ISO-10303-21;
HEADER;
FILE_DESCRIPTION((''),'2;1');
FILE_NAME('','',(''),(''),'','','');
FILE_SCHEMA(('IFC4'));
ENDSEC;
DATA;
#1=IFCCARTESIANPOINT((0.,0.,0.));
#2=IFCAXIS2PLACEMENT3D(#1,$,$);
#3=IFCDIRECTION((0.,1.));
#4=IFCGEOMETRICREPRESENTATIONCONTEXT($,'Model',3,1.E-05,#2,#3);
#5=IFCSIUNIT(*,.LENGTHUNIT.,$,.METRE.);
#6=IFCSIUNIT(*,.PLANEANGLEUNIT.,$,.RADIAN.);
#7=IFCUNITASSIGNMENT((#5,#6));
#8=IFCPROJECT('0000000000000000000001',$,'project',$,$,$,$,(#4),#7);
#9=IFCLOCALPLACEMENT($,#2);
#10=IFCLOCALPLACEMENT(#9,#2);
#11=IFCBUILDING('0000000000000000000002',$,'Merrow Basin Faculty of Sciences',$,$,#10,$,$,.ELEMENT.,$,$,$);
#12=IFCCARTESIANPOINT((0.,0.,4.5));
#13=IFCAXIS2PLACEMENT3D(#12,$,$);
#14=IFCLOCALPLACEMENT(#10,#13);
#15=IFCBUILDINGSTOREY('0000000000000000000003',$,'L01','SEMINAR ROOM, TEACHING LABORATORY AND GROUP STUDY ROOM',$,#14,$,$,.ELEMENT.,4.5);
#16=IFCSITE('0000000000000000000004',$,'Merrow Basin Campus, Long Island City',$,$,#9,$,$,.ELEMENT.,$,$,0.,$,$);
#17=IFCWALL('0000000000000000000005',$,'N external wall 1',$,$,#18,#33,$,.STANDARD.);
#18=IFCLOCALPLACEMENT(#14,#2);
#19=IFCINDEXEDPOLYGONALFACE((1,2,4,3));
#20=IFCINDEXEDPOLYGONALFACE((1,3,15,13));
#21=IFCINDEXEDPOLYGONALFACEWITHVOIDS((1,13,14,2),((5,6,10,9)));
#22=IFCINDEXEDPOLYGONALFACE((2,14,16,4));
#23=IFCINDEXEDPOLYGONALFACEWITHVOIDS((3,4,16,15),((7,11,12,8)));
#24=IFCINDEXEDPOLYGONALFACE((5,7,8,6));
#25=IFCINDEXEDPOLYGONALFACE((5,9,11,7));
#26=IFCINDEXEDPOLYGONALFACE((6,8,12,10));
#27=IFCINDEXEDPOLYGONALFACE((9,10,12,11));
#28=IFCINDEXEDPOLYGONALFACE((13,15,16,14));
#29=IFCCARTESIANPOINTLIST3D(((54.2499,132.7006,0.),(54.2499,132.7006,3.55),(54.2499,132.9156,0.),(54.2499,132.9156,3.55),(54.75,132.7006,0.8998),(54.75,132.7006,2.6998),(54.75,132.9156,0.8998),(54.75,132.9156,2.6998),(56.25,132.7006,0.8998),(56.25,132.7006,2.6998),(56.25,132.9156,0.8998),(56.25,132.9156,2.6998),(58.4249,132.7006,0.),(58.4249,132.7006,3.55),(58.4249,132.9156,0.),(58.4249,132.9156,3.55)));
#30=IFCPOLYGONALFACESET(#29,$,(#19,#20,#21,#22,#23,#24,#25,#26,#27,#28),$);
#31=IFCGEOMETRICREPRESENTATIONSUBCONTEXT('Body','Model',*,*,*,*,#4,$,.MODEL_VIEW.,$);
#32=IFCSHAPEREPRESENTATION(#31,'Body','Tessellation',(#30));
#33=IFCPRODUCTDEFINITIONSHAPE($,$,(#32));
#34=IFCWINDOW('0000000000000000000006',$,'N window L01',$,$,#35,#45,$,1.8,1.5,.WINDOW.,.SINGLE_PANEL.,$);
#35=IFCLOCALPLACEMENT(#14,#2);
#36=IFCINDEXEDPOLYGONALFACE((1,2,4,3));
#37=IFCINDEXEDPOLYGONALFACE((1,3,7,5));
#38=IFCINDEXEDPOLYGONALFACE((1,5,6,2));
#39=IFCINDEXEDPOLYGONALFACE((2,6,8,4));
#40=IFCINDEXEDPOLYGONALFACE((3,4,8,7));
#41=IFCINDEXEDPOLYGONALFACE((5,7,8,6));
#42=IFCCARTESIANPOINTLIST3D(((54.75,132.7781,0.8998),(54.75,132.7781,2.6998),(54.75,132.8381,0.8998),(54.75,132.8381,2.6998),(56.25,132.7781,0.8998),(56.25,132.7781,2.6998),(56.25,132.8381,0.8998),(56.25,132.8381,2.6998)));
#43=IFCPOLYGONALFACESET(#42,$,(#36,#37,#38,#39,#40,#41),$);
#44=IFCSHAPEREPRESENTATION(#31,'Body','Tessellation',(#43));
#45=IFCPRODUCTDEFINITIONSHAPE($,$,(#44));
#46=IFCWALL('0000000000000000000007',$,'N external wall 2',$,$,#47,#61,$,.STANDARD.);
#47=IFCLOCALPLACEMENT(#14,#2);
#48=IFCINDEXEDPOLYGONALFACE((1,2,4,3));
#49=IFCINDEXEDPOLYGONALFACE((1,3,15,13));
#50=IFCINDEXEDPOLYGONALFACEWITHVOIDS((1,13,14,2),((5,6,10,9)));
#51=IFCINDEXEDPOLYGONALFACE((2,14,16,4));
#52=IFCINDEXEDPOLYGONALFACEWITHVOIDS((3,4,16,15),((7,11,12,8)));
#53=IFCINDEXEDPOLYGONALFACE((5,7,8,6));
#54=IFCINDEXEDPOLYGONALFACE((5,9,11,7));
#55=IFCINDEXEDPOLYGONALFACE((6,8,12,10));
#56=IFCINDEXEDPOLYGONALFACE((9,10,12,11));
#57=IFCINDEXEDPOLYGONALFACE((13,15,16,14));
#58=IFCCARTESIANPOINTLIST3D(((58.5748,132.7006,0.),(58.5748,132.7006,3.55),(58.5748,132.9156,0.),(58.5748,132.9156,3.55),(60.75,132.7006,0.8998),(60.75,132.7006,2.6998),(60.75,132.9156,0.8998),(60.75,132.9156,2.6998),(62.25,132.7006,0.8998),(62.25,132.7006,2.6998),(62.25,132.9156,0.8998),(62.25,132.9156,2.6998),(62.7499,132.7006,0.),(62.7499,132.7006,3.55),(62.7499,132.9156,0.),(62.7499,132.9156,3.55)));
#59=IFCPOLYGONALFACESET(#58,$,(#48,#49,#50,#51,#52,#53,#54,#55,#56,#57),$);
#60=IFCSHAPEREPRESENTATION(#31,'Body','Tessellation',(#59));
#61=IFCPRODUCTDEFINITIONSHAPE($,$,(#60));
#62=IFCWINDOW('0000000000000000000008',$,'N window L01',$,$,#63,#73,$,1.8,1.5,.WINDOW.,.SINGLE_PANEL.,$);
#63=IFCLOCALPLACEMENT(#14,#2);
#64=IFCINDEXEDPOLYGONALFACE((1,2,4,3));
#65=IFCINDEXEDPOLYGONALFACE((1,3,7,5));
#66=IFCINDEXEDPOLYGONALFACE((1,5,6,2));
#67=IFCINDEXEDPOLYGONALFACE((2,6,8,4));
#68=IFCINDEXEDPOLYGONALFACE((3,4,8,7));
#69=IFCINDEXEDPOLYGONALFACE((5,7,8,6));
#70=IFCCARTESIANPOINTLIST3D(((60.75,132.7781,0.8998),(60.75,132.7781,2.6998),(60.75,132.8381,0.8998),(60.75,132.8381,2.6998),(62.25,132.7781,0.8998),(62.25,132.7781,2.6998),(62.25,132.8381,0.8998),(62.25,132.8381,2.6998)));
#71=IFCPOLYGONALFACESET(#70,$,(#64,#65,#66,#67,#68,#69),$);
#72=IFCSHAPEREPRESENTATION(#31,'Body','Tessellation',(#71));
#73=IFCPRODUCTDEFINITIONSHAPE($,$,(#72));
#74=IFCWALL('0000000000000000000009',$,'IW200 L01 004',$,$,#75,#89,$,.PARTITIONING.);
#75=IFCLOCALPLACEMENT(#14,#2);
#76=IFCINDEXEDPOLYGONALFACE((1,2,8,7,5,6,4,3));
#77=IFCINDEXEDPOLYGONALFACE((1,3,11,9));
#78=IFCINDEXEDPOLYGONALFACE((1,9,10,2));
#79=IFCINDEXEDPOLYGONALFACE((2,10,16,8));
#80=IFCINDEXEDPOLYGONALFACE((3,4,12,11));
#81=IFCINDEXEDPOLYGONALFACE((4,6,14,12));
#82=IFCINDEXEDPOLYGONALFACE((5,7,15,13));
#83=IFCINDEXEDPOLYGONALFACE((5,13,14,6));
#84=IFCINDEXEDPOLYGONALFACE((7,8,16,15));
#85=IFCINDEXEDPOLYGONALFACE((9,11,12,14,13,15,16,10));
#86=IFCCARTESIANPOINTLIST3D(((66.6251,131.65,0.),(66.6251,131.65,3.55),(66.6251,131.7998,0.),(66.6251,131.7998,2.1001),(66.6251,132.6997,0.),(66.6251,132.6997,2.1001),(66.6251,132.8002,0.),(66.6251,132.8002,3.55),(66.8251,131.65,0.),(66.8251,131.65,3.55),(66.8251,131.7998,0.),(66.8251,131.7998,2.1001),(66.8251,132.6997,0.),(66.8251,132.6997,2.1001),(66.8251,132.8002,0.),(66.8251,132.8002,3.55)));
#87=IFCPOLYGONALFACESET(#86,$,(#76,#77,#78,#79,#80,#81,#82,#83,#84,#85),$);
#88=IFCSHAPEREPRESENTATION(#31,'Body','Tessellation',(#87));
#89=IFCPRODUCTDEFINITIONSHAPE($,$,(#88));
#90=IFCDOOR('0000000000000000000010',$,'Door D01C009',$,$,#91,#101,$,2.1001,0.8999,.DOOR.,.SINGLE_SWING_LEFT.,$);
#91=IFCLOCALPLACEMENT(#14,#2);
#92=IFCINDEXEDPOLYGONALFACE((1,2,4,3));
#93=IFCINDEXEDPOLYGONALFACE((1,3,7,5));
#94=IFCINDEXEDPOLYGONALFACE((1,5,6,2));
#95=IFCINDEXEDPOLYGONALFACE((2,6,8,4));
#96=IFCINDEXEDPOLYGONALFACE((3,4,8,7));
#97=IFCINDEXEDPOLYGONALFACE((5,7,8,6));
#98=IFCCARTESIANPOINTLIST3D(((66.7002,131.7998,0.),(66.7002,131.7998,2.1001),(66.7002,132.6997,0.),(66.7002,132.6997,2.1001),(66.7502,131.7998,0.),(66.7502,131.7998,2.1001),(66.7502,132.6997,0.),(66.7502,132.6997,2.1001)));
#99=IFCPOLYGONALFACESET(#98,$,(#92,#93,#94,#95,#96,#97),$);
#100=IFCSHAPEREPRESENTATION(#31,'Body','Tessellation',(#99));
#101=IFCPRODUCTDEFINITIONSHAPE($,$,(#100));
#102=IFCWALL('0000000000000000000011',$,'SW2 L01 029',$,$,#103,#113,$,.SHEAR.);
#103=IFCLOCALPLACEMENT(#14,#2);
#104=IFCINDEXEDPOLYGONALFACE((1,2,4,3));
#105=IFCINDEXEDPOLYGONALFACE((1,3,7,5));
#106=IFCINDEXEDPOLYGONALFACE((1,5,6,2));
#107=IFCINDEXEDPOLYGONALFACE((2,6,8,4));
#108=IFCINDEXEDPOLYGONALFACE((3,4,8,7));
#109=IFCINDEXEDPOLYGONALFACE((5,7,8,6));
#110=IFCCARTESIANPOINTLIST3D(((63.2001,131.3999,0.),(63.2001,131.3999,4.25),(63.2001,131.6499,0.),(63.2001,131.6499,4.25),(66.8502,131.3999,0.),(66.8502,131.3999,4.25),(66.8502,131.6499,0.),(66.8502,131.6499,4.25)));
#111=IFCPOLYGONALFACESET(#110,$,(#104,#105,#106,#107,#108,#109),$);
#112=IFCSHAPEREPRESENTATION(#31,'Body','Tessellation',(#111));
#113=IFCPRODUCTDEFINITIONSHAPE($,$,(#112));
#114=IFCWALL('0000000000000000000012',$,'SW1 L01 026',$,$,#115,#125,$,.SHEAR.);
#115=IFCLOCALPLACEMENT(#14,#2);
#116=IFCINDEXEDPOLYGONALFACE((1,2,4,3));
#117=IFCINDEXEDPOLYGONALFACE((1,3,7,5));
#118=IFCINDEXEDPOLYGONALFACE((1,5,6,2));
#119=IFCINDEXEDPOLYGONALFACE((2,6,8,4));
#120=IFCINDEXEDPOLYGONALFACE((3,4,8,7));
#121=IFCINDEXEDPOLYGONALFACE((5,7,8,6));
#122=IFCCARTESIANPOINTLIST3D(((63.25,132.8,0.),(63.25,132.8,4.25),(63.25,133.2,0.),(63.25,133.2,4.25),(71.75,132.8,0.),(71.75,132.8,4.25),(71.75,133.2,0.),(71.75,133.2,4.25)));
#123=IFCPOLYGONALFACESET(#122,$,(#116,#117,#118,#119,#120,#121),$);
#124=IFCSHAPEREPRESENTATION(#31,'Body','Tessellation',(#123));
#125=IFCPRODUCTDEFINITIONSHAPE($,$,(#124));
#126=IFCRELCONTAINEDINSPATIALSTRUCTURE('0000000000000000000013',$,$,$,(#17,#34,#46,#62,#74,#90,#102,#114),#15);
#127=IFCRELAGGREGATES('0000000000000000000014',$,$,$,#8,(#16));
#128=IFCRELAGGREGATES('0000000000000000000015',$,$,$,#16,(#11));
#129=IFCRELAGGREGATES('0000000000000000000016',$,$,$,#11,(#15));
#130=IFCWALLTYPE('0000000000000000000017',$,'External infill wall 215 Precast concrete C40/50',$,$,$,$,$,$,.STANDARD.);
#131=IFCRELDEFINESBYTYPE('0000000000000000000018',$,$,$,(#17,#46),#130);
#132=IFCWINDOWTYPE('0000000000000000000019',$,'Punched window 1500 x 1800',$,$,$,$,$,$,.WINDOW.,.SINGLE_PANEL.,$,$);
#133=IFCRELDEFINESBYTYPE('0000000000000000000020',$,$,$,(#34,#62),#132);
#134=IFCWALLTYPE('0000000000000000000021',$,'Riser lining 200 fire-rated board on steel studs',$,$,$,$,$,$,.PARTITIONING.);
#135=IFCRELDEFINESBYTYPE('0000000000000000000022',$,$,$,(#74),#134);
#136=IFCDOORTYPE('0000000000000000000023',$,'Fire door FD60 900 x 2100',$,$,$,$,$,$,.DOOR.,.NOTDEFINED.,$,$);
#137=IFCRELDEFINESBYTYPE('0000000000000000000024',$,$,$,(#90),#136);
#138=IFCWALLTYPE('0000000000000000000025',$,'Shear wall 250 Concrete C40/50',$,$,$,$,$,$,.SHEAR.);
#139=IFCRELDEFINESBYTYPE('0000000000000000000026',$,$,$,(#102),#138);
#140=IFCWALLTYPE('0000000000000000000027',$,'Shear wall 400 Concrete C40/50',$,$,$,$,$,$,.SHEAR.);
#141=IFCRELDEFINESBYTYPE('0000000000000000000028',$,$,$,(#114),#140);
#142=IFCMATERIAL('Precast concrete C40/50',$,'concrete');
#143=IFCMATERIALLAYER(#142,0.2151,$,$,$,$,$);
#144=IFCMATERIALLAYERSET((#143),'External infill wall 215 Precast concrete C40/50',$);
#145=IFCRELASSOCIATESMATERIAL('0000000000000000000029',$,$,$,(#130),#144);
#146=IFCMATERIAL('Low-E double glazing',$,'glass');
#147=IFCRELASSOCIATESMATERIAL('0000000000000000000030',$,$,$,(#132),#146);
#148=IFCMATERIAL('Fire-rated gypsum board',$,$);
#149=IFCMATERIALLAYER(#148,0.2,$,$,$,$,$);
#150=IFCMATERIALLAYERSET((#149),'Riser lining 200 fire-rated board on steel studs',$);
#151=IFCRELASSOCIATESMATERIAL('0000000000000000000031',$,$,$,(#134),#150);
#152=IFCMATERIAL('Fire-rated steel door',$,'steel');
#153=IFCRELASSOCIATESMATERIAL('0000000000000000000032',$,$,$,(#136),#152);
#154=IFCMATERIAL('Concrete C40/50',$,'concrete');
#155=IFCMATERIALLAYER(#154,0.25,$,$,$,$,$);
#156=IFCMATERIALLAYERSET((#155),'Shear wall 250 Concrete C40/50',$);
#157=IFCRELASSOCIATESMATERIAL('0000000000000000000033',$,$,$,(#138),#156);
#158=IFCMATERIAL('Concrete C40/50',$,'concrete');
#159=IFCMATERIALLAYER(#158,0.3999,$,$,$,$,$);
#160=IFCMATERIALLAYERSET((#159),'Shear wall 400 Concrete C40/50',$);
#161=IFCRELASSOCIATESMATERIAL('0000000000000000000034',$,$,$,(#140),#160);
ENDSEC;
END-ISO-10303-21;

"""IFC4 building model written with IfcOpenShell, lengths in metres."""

from ifc_helpers import new_model, si_unit, direction, frame, frame_2d, origin, place, context, subcontext, project, spatial, rectangle, extrude, material, layer, layer_set, type_object, element, fill, save


model = new_model("IFC4")

# Units and contexts
model_context = context("Model", 3, precision=1e-05, world=origin(), true_north=direction((0.0, 1.0)))
body_context = subcontext(model_context, "Body", "Model", "MODEL_VIEW")
ifc_project = project(units=[si_unit("LENGTHUNIT", "METRE"), si_unit("PLANEANGLEUNIT", "RADIAN")], contexts=[model_context])

# Site, building, storey
site_placement = place(None, origin())
site = spatial("IfcSite", under=ifc_project, at=site_placement, Name="Merrow Basin Campus, Long Island City", CompositionType="ELEMENT", RefElevation=0.0)
building_placement = place(site_placement, origin())
building = spatial("IfcBuilding", under=site, at=building_placement, Name="Merrow Basin Faculty of Sciences", CompositionType="ELEMENT")
storey_placement = place(building_placement, frame((0.0, 0.0, 4.5)))
storey = spatial("IfcBuildingStorey", under=building, at=storey_placement, Name="L01", Description="SEMINAR ROOM, TEACHING LABORATORY AND GROUP STUDY ROOM", CompositionType="ELEMENT", Elevation=4.5)

# Walls, openings, windows
ifc_material_1 = material(Name="Precast concrete C40/50", Category="concrete")
ifc_layer_1 = layer(ifc_material_1, 0.2151)
ifc_layer_set_1 = layer_set([ifc_layer_1], Name="External infill wall 215 Precast concrete C40/50")
wall_type_1 = type_object("IfcWallType", Name="External infill wall 215 Precast concrete C40/50", PredefinedType="STANDARD", material=ifc_layer_set_1)
wall_1_placement = place(storey_placement, frame((54.25, 132.8081, 0.0), z_axis=(0.0, 0.0, 1.0), x_axis=(1.0, 0.0, 0.0)))
wall_1 = element("IfcWall", 1, at=wall_1_placement, inside=storey, type_object=wall_type_1, Name="N external wall 1", PredefinedType="STANDARD", context=body_context, shape_type="SweptSolid", body=[
    extrude(rectangle(XDim=4.175, YDim=0.2151, at=frame_2d((2.0874, 0.0))), origin(), (0.0, 0.0, 1.0), 3.55),
])
opening_1_placement = place(wall_1_placement, frame((0.5, 0.0, 0.8999)))
opening_1 = element("IfcOpeningElement", 2, at=opening_1_placement, cuts=wall_1, PredefinedType="OPENING", context=body_context, shape_type="SweptSolid", body=[
    extrude(rectangle(XDim=1.5, YDim=1.8, at=frame_2d((0.75, 0.8999))), frame((0.0, 0.1174, 0.0), z_axis=(0.0, -1.0, 0.0), x_axis=(1.0, 0.0, 0.0)), (0.0, 0.0, 1.0), 0.2351),
])
ifc_material_2 = material(Name="Low-E double glazing", Category="glass")
window_type = type_object("IfcWindowType", Name="Punched window 1500 x 1800", PartitioningType="SINGLE_PANEL", PredefinedType="WINDOW", material=ifc_material_2)
window_1_placement = place(opening_1_placement, origin())
window_1 = element("IfcWindow", 3, at=window_1_placement, inside=storey, type_object=window_type, Name="N window L01", OverallHeight=1.8, OverallWidth=1.5, PartitioningType="SINGLE_PANEL", PredefinedType="WINDOW", context=body_context, shape_type="SweptSolid", body=[
    extrude(rectangle(XDim=1.5, YDim=1.8, at=frame_2d((0.75, 0.8999))), frame((0.0, 0.03, 0.0), z_axis=(0.0, -1.0, 0.0), x_axis=(1.0, 0.0, 0.0)), (0.0, 0.0, 1.0), 0.0601),
])
fill(opening_1, window_1)
wall_2_placement = place(storey_placement, frame((58.575, 132.8081, 0.0), z_axis=(0.0, 0.0, 1.0), x_axis=(1.0, 0.0, 0.0)))
wall_2 = element("IfcWall", 4, at=wall_2_placement, inside=storey, type_object=wall_type_1, Name="N external wall 2", PredefinedType="STANDARD", context=body_context, shape_type="SweptSolid", body=[
    extrude(rectangle(XDim=4.175, YDim=0.2151, at=frame_2d((2.0874, 0.0))), origin(), (0.0, 0.0, 1.0), 3.55),
])
opening_2_placement = place(wall_2_placement, frame((2.175, 0.0, 0.8999)))
opening_2 = element("IfcOpeningElement", 5, at=opening_2_placement, cuts=wall_2, PredefinedType="OPENING", context=body_context, shape_type="SweptSolid", body=[
    extrude(rectangle(XDim=1.5, YDim=1.8, at=frame_2d((0.75, 0.8999))), frame((0.0, 0.1174, 0.0), z_axis=(0.0, -1.0, 0.0), x_axis=(1.0, 0.0, 0.0)), (0.0, 0.0, 1.0), 0.2351),
])
window_2_placement = place(opening_2_placement, origin())
window_2 = element("IfcWindow", 6, at=window_2_placement, inside=storey, type_object=window_type, Name="N window L01", OverallHeight=1.8, OverallWidth=1.5, PartitioningType="SINGLE_PANEL", PredefinedType="WINDOW", context=body_context, shape_type="SweptSolid", body=[
    extrude(rectangle(XDim=1.5, YDim=1.8, at=frame_2d((0.75, 0.8999))), frame((0.0, 0.03, 0.0), z_axis=(0.0, -1.0, 0.0), x_axis=(1.0, 0.0, 0.0)), (0.0, 0.0, 1.0), 0.0601),
])
fill(opening_2, window_2)

# Wall, opening, door
ifc_material_3 = material(Name="Fire-rated gypsum board")
ifc_layer_2 = layer(ifc_material_3, 0.2)
ifc_layer_set_2 = layer_set([ifc_layer_2], Name="Riser lining 200 fire-rated board on steel studs")
wall_type_2 = type_object("IfcWallType", Name="Riser lining 200 fire-rated board on steel studs", PredefinedType="PARTITIONING", material=ifc_layer_set_2)
wall_3_placement = place(storey_placement, frame((66.7251, 131.6499, 0.0), z_axis=(0.0, 0.0, 1.0), x_axis=(0.0, 1.0, 0.0)))
wall_3 = element("IfcWall", 7, at=wall_3_placement, inside=storey, type_object=wall_type_2, Name="IW200 L01 004", PredefinedType="PARTITIONING", context=body_context, shape_type="SweptSolid", body=[
    extrude(rectangle(XDim=1.1501, YDim=0.2, at=frame_2d((0.5752, 0.0))), origin(), (0.0, 0.0, 1.0), 3.55),
])
opening_3_placement = place(wall_3_placement, frame((0.1499, 0.0, 0.0)))
opening_3 = element("IfcOpeningElement", 8, at=opening_3_placement, cuts=wall_3, PredefinedType="OPENING", context=body_context, shape_type="SweptSolid", body=[
    extrude(rectangle(XDim=0.8999, YDim=2.1001, at=frame_2d((0.45, 1.05))), frame((0.0, 0.1099, 0.0), z_axis=(0.0, -1.0, 0.0), x_axis=(1.0, 0.0, 0.0)), (0.0, 0.0, 1.0), 0.22),
])
ifc_material_4 = material(Name="Fire-rated steel door", Category="steel")
door_type = type_object("IfcDoorType", Name="Fire door FD60 900 x 2100", OperationType="NOTDEFINED", PredefinedType="DOOR", material=ifc_material_4)
door_placement = place(opening_3_placement, origin())
door = element("IfcDoor", 9, at=door_placement, inside=storey, type_object=door_type, Name="Door D01C009", OperationType="SINGLE_SWING_LEFT", OverallHeight=2.1001, OverallWidth=0.8999, PredefinedType="DOOR", context=body_context, shape_type="SweptSolid", body=[
    extrude(rectangle(XDim=0.8999, YDim=2.1001, at=frame_2d((0.45, 1.05))), frame((0.0, 0.0249, 0.0), z_axis=(0.0, -1.0, 0.0), x_axis=(1.0, 0.0, 0.0)), (0.0, 0.0, 1.0), 0.05),
])
fill(opening_3, door)

# Walls
ifc_material_5 = material(Name="Concrete C40/50", Category="concrete")
ifc_layer_3 = layer(ifc_material_5, 0.25)
ifc_layer_set_3 = layer_set([ifc_layer_3], Name="Shear wall 250 Concrete C40/50")
wall_type_3 = type_object("IfcWallType", Name="Shear wall 250 Concrete C40/50", PredefinedType="SHEAR", material=ifc_layer_set_3)
wall_4_placement = place(storey_placement, frame((63.2, 131.5249, 0.0), z_axis=(0.0, 0.0, 1.0), x_axis=(1.0, 0.0, 0.0)))
element("IfcWall", 10, at=wall_4_placement, inside=storey, type_object=wall_type_3, Name="SW2 L01 029", PredefinedType="SHEAR", context=body_context, shape_type="SweptSolid", body=[
    extrude(rectangle(XDim=3.6501, YDim=0.25, at=frame_2d((1.8252, 0.0))), origin(), (0.0, 0.0, 1.0), 4.25),
])
ifc_material_6 = material(Name="Concrete C40/50", Category="concrete")
ifc_layer_4 = layer(ifc_material_6, 0.3999)
ifc_layer_set_4 = layer_set([ifc_layer_4], Name="Shear wall 400 Concrete C40/50")
wall_type_4 = type_object("IfcWallType", Name="Shear wall 400 Concrete C40/50", PredefinedType="SHEAR", material=ifc_layer_set_4)
wall_5_placement = place(storey_placement, frame((63.25, 133.0, 0.0), z_axis=(0.0, 0.0, 1.0), x_axis=(1.0, 0.0, 0.0)))
element("IfcWall", 11, at=wall_5_placement, inside=storey, type_object=wall_type_4, Name="SW1 L01 026", PredefinedType="SHEAR", context=body_context, shape_type="SweptSolid", body=[
    extrude(rectangle(XDim=8.5, YDim=0.3999, at=frame_2d((4.25, 0.0))), origin(), (0.0, 0.0, 1.0), 4.25),
])

save(model, "model.ifc")
